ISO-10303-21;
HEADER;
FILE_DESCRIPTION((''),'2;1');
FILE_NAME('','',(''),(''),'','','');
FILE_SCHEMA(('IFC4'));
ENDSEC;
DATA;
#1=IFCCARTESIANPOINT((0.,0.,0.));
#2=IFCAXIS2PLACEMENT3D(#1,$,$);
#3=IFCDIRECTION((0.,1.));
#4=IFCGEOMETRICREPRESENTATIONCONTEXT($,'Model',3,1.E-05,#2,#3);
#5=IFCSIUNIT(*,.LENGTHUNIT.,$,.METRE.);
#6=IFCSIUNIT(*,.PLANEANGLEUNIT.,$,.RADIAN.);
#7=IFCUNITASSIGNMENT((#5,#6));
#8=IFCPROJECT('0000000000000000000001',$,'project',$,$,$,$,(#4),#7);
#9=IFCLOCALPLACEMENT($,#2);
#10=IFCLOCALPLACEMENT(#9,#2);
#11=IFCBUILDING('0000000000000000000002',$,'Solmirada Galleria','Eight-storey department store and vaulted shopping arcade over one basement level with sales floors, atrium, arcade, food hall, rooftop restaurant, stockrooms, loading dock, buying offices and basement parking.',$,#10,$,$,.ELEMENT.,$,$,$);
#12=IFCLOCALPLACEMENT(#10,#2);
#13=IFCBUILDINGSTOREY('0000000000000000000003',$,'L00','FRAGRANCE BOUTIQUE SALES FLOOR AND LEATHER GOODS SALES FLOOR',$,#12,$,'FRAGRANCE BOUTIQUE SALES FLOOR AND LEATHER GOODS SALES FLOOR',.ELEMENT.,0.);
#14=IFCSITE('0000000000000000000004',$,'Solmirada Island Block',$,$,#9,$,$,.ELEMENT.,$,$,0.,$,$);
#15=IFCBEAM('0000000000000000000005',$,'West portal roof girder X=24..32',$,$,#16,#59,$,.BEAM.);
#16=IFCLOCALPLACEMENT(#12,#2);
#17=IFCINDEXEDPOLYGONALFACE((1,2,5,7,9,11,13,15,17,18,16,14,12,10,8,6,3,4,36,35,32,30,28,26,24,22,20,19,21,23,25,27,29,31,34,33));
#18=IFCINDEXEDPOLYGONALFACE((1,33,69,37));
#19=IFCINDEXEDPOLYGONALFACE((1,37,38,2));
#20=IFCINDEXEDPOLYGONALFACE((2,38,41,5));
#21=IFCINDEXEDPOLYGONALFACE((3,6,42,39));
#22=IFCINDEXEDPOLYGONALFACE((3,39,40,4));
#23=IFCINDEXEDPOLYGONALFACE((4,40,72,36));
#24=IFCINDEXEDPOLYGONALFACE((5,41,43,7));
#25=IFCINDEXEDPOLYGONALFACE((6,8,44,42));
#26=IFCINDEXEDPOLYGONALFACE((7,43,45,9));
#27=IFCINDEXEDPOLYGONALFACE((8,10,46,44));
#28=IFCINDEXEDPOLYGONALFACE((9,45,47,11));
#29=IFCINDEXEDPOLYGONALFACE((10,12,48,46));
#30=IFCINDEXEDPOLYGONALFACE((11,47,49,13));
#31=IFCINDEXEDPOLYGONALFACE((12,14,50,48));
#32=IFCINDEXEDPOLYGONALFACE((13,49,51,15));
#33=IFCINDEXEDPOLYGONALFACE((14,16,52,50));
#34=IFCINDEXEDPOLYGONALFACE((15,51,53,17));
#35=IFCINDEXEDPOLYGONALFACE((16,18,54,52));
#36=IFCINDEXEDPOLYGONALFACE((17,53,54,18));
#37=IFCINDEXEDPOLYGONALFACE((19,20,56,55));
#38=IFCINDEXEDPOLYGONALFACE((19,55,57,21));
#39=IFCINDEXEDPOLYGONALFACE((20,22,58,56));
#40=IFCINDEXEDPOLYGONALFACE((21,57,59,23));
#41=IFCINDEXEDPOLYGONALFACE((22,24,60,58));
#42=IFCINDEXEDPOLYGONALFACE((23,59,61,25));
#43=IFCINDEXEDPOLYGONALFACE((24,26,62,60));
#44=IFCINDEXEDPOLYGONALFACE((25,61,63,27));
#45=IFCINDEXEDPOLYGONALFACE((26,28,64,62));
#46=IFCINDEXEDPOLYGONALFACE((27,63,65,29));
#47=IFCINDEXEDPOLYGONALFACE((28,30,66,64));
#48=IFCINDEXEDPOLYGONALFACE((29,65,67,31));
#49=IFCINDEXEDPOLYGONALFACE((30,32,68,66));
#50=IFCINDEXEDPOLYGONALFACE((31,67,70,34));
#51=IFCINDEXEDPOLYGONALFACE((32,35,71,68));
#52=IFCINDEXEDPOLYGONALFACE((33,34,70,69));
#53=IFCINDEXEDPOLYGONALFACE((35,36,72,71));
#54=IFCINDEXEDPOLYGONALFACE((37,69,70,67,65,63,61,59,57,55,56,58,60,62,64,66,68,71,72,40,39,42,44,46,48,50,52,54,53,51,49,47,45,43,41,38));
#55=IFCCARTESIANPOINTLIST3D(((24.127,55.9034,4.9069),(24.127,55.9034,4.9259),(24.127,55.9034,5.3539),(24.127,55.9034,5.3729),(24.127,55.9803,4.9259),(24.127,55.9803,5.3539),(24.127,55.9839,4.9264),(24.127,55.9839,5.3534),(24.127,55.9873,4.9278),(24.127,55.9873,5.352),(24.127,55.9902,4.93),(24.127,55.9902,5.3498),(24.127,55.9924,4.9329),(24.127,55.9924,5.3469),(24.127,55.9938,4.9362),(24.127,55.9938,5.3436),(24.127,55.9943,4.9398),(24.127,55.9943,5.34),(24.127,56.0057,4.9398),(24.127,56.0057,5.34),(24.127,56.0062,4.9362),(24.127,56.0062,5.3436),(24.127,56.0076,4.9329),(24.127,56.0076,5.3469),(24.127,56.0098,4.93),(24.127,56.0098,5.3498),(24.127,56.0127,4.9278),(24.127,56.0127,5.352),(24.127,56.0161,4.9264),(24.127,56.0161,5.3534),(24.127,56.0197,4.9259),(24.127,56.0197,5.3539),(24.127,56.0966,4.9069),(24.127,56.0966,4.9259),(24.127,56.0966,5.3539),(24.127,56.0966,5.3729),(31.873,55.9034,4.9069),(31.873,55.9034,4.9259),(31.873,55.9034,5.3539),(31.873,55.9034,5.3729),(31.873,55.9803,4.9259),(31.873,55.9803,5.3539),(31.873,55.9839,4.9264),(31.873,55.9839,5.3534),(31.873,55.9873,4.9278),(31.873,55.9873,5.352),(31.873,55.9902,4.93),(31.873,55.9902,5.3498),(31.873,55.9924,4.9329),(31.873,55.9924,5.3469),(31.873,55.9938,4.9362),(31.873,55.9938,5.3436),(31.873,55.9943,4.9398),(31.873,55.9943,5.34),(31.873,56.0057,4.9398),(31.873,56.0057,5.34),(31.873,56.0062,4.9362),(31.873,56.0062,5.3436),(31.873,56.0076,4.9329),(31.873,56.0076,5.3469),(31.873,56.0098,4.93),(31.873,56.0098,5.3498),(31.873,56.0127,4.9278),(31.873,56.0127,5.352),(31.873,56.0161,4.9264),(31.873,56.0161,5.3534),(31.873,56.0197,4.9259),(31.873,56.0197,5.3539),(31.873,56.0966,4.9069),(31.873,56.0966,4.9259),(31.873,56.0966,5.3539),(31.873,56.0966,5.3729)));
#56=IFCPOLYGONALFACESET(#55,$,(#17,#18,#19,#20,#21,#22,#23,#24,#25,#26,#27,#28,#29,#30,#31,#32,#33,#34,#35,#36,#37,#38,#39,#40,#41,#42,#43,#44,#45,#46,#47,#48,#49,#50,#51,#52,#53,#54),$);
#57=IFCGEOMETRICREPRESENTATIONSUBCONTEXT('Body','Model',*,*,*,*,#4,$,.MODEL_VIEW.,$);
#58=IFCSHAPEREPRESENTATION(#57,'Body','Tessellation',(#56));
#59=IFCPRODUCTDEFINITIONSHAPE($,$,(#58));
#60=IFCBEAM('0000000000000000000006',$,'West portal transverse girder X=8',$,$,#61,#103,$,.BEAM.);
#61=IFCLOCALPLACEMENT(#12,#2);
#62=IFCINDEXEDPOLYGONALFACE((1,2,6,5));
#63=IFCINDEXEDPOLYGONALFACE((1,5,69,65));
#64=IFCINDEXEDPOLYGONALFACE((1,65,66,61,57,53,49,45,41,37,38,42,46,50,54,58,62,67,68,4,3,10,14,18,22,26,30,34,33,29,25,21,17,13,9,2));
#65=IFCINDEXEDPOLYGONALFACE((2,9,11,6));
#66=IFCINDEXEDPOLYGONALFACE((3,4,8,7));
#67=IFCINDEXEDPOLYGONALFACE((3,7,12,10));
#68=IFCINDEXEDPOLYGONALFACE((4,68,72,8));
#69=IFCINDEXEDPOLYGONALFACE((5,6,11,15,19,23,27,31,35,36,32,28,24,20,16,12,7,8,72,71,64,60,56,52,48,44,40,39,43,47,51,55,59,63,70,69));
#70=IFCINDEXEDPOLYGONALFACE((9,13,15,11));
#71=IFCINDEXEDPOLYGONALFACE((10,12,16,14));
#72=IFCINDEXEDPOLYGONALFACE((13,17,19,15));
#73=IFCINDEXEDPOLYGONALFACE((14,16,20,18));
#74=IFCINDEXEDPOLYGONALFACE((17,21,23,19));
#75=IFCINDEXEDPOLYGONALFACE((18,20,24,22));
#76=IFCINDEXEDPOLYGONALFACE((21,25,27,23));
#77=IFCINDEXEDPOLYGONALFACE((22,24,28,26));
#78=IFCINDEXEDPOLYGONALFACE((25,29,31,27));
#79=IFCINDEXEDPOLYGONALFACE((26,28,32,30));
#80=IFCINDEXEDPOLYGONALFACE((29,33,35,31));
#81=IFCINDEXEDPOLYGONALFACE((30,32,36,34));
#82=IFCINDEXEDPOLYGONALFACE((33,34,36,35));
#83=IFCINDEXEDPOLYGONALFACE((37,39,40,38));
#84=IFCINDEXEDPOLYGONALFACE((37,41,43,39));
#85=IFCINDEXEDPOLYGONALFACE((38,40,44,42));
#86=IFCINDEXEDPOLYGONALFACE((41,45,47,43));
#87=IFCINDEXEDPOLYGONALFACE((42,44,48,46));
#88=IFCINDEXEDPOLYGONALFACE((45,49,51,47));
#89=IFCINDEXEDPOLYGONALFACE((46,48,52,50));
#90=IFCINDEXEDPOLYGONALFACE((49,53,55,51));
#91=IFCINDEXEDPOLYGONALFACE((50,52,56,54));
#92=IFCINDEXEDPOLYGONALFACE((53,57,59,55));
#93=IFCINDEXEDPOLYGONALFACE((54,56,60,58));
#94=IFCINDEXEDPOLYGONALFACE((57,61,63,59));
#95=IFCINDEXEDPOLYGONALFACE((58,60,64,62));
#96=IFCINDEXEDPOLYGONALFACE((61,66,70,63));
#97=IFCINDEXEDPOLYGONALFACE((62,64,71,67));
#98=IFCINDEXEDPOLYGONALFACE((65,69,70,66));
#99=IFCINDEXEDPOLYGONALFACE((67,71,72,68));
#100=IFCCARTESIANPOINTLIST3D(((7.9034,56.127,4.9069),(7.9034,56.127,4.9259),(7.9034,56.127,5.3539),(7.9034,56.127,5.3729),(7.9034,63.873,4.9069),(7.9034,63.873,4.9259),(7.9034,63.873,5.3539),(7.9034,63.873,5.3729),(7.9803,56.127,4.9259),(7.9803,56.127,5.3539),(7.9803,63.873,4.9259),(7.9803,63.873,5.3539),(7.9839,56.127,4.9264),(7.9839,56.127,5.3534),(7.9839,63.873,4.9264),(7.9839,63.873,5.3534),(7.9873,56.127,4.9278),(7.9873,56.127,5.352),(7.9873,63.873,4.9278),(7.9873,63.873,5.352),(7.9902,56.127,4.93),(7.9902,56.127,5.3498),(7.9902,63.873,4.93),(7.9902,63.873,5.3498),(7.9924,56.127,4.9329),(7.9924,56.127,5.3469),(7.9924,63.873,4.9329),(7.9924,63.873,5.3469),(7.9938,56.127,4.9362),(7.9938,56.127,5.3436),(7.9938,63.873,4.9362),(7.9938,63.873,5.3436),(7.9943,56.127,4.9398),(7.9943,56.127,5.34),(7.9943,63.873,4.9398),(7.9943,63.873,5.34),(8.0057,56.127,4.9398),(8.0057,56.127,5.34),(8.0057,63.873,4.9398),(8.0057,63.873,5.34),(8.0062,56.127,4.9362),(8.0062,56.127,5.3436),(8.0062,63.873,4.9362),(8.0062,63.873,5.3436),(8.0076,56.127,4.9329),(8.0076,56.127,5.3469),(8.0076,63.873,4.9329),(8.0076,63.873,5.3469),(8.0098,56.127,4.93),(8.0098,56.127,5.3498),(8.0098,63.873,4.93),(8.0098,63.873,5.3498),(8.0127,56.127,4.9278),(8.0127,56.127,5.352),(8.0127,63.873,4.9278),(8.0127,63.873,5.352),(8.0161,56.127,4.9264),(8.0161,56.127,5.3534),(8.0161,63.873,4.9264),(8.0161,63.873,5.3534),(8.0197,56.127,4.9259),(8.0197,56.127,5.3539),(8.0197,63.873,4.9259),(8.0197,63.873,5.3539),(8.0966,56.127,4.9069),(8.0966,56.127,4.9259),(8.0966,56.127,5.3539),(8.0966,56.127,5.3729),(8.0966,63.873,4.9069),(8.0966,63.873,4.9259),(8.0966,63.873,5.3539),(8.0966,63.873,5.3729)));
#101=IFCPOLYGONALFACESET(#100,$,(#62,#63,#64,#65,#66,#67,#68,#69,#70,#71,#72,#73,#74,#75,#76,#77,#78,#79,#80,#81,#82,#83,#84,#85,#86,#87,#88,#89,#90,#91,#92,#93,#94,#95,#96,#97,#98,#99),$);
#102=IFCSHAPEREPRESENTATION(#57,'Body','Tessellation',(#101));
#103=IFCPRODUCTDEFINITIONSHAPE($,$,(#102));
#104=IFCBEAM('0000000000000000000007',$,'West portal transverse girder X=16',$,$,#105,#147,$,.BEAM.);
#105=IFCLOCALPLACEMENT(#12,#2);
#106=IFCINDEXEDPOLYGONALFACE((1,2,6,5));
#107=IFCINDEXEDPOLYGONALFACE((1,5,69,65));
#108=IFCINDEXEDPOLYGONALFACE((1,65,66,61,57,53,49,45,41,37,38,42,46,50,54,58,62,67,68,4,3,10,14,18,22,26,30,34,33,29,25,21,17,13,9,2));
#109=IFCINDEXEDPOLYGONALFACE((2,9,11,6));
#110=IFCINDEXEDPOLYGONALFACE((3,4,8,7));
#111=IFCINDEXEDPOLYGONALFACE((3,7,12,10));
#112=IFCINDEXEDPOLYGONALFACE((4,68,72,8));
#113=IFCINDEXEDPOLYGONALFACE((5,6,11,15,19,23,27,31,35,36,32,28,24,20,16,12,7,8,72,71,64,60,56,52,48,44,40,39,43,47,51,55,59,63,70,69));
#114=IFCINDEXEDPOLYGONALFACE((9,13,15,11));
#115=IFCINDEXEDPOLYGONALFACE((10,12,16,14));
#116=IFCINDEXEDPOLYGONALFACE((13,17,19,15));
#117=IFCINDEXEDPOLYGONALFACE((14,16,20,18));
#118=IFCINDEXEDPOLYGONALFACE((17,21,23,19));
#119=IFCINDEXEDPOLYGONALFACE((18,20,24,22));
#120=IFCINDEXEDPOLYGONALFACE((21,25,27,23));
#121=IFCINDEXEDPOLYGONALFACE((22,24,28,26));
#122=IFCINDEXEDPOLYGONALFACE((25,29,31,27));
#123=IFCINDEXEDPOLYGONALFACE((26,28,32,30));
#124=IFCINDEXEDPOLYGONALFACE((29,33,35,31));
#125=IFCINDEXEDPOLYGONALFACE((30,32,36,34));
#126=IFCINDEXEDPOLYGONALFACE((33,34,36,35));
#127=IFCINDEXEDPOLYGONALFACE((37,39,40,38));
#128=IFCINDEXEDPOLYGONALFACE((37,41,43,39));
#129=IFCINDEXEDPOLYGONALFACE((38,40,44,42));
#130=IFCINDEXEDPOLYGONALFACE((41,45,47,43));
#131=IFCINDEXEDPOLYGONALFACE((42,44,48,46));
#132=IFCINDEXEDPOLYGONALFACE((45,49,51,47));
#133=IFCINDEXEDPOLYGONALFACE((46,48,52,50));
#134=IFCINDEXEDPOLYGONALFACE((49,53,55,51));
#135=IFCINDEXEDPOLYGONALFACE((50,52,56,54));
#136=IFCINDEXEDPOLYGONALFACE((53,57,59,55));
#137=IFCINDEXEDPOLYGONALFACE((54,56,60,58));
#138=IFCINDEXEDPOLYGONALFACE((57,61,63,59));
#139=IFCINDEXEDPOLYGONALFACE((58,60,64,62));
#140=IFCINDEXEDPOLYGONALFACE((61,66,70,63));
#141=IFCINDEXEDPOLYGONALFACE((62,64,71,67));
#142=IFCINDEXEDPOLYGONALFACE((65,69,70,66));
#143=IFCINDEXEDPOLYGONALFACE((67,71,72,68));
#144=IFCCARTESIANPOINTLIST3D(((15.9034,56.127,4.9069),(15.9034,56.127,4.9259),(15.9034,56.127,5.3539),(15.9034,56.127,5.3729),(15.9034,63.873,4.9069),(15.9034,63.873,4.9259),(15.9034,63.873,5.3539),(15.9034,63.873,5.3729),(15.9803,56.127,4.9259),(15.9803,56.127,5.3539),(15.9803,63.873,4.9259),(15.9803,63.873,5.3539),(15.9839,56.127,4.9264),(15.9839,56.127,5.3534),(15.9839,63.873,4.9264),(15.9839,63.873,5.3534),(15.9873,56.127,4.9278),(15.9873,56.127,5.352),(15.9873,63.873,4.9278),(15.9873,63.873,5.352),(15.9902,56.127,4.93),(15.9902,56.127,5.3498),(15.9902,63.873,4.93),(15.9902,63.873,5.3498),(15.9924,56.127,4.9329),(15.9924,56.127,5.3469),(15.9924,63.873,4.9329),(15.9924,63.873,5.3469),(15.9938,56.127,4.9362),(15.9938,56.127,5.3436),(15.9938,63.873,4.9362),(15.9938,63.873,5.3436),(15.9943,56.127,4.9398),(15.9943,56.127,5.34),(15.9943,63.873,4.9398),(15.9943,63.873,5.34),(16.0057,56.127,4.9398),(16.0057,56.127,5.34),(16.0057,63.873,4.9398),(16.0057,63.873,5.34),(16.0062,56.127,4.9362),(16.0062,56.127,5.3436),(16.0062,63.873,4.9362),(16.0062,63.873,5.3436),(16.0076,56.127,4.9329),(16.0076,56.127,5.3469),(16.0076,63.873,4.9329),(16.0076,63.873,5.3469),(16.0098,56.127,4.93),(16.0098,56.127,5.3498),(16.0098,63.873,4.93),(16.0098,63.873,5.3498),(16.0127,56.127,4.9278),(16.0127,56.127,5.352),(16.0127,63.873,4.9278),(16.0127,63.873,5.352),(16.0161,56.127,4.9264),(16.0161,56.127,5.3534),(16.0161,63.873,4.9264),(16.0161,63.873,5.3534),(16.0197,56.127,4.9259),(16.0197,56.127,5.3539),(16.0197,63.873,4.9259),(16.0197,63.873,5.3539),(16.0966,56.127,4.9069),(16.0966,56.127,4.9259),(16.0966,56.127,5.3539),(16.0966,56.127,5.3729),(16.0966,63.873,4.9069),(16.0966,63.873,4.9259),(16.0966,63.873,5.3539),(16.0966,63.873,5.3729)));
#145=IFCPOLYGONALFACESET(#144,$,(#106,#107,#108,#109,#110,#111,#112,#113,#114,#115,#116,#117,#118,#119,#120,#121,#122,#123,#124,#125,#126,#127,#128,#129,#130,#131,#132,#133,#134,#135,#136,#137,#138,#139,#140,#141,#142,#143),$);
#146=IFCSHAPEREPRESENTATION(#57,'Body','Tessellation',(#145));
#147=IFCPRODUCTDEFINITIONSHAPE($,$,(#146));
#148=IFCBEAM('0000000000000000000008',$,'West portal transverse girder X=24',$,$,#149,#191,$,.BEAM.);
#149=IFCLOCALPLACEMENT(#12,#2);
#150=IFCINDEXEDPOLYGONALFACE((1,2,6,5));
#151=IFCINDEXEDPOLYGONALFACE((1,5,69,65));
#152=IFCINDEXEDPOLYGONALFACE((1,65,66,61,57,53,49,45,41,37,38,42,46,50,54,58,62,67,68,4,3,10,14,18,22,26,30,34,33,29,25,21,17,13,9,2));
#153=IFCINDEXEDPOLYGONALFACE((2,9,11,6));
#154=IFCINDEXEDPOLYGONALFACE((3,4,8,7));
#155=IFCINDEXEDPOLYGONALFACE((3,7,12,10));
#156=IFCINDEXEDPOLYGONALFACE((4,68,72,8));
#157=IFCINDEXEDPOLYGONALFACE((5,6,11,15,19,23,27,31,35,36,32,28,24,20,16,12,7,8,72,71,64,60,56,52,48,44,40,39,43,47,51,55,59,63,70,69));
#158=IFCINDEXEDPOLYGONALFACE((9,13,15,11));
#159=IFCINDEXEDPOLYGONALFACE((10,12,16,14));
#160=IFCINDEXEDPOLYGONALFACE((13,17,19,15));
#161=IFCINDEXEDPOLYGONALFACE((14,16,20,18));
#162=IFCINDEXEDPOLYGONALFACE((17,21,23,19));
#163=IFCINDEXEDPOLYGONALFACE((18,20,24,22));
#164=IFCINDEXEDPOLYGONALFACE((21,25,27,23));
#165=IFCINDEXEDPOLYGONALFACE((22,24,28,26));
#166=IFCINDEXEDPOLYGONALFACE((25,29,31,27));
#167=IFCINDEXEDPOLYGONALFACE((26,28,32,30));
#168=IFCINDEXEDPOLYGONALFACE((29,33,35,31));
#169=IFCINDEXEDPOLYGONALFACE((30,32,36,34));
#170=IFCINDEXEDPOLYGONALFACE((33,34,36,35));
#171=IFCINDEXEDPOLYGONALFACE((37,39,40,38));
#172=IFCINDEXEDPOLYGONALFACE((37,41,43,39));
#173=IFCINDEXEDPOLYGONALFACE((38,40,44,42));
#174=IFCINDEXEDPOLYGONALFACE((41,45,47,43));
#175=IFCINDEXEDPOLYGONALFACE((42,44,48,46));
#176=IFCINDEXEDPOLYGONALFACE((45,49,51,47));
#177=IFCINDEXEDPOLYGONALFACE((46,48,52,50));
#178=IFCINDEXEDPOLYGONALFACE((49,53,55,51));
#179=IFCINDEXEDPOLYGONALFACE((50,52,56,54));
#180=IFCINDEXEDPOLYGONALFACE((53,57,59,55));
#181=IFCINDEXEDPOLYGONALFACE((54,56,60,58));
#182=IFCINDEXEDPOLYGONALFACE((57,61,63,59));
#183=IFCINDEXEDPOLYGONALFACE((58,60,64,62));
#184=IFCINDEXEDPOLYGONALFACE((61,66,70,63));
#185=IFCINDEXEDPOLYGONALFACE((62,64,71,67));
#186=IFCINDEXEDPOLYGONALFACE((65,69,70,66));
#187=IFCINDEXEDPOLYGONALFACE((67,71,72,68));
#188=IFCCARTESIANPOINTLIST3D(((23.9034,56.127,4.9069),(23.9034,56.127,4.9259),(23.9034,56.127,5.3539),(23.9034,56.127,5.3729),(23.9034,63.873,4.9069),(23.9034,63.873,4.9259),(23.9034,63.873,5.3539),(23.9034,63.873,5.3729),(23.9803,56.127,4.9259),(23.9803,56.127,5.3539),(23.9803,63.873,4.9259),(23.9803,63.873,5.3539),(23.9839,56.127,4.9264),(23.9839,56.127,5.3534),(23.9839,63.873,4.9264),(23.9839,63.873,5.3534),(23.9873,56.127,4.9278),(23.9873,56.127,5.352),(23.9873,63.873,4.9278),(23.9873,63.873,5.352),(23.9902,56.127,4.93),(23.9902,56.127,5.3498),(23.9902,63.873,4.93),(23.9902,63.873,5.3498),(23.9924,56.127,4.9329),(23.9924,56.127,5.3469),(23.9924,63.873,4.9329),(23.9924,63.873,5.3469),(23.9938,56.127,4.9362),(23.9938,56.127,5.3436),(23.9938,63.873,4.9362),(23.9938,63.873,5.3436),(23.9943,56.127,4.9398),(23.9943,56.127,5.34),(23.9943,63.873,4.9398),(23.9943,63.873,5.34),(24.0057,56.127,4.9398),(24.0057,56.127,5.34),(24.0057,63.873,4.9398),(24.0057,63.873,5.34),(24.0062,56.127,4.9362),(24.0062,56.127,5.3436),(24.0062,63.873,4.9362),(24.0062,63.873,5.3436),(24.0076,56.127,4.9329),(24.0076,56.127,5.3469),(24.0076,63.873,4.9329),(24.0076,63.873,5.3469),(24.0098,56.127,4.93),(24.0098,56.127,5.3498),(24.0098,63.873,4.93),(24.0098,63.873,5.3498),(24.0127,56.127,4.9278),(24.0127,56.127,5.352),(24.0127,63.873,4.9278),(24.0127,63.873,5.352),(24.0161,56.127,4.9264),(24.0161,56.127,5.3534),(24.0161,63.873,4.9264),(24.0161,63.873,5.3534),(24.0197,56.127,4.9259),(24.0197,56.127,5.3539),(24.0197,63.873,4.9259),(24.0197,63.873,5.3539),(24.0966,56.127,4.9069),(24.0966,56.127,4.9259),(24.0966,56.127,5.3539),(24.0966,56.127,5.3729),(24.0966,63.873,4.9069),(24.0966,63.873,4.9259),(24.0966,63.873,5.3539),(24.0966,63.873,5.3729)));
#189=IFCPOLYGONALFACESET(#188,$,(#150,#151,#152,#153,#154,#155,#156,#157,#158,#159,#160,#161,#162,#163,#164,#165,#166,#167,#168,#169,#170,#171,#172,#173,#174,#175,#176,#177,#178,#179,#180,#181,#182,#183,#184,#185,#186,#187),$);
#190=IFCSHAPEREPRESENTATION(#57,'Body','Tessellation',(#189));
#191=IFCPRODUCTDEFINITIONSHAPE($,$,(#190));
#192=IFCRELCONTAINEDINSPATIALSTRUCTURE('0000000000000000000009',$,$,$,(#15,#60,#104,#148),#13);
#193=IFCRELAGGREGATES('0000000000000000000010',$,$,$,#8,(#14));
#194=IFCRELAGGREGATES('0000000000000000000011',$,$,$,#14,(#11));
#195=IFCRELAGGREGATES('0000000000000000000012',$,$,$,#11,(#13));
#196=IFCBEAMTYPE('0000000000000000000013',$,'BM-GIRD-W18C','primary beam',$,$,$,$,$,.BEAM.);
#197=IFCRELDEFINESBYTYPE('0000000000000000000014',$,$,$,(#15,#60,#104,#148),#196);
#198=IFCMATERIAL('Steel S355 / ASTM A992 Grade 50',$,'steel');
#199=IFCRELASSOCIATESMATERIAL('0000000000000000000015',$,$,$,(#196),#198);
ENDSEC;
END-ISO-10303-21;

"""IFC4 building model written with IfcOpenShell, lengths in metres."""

from ifc_helpers import new_model, si_unit, direction, frame, origin, origin_2d, place, context, subcontext, project, spatial, i_section, extrude, material, material_profile, profile_set, type_object, element, save


model = new_model("IFC4")

# Units and contexts
model_context = context("Model", 3, precision=1e-05, world=origin(), true_north=direction((0.0, 1.0)))
body_context = subcontext(model_context, "Body", "Model", "MODEL_VIEW")
ifc_project = project(units=[si_unit("LENGTHUNIT", "METRE"), si_unit("PLANEANGLEUNIT", "RADIAN")], contexts=[model_context])

# Site, building, storey
site_placement = place(None, origin())
site = spatial("IfcSite", under=ifc_project, at=site_placement, Name="Solmirada Island Block", CompositionType="ELEMENT", RefElevation=0.0)
building_placement = place(site_placement, origin())
building = spatial("IfcBuilding", under=site, at=building_placement, Name="Solmirada Galleria", Description="Eight-storey department store and vaulted shopping arcade over one basement level with sales floors, atrium, arcade, food hall, rooftop restaurant, stockrooms, loading dock, buying offices and basement parking.", CompositionType="ELEMENT")
storey_placement = place(building_placement, origin())
storey = spatial("IfcBuildingStorey", under=building, at=storey_placement, Name="L00", Description="FRAGRANCE BOUTIQUE SALES FLOOR AND LEATHER GOODS SALES FLOOR", LongName="FRAGRANCE BOUTIQUE SALES FLOOR AND LEATHER GOODS SALES FLOOR", CompositionType="ELEMENT", Elevation=0.0)

# Beams
ifc_material_1 = material(Name="Steel S355 / ASTM A992 Grade 50", Category="steel")
ifc_material_profile_1 = material_profile(ifc_material_1, i_section(OverallWidth=0.1931, OverallDepth=0.4661, WebThickness=0.0115, FlangeThickness=0.019, FilletRadius=0.0139, at=origin_2d()), Name="W18X65")
ifc_profile_set_1 = profile_set([ifc_material_profile_1], Name="Steel S355 / ASTM A992 Grade 50")
beam_type = type_object("IfcBeamType", Name="BM-GIRD-W18C", Description="primary beam", PredefinedType="BEAM", material=ifc_profile_set_1)
for number, where, z_axis, x_axis, name in (
    (1, (24.127, 56.0, 5.1399), (1.0, 0.0, 0.0), (0.0, 1.0, 0.0), "West portal roof girder X=24..32"),
    (2, (8.0, 56.127, 5.1399), (0.0, 1.0, 0.0), (-1.0, 0.0, 0.0), "West portal transverse girder X=8"),
    (3, (16.0, 56.127, 5.1399), (0.0, 1.0, 0.0), (-1.0, 0.0, 0.0), "West portal transverse girder X=16"),
    (4, (24.0, 56.127, 5.1399), (0.0, 1.0, 0.0), (-1.0, 0.0, 0.0), "West portal transverse girder X=24"),
):
    element("IfcBeam", number, at=place(storey_placement, frame(where, z_axis=z_axis, x_axis=x_axis)), inside=storey, type_object=beam_type, Name=name, PredefinedType="BEAM", context=body_context, shape_type="SweptSolid", body=[
        extrude(i_section(OverallWidth=0.1931, OverallDepth=0.4661, WebThickness=0.0115, FlangeThickness=0.019, FilletRadius=0.0139, at=origin_2d()), origin(), (0.0, 0.0, 1.0), 7.7461),
    ])

save(model, "model.ifc")
